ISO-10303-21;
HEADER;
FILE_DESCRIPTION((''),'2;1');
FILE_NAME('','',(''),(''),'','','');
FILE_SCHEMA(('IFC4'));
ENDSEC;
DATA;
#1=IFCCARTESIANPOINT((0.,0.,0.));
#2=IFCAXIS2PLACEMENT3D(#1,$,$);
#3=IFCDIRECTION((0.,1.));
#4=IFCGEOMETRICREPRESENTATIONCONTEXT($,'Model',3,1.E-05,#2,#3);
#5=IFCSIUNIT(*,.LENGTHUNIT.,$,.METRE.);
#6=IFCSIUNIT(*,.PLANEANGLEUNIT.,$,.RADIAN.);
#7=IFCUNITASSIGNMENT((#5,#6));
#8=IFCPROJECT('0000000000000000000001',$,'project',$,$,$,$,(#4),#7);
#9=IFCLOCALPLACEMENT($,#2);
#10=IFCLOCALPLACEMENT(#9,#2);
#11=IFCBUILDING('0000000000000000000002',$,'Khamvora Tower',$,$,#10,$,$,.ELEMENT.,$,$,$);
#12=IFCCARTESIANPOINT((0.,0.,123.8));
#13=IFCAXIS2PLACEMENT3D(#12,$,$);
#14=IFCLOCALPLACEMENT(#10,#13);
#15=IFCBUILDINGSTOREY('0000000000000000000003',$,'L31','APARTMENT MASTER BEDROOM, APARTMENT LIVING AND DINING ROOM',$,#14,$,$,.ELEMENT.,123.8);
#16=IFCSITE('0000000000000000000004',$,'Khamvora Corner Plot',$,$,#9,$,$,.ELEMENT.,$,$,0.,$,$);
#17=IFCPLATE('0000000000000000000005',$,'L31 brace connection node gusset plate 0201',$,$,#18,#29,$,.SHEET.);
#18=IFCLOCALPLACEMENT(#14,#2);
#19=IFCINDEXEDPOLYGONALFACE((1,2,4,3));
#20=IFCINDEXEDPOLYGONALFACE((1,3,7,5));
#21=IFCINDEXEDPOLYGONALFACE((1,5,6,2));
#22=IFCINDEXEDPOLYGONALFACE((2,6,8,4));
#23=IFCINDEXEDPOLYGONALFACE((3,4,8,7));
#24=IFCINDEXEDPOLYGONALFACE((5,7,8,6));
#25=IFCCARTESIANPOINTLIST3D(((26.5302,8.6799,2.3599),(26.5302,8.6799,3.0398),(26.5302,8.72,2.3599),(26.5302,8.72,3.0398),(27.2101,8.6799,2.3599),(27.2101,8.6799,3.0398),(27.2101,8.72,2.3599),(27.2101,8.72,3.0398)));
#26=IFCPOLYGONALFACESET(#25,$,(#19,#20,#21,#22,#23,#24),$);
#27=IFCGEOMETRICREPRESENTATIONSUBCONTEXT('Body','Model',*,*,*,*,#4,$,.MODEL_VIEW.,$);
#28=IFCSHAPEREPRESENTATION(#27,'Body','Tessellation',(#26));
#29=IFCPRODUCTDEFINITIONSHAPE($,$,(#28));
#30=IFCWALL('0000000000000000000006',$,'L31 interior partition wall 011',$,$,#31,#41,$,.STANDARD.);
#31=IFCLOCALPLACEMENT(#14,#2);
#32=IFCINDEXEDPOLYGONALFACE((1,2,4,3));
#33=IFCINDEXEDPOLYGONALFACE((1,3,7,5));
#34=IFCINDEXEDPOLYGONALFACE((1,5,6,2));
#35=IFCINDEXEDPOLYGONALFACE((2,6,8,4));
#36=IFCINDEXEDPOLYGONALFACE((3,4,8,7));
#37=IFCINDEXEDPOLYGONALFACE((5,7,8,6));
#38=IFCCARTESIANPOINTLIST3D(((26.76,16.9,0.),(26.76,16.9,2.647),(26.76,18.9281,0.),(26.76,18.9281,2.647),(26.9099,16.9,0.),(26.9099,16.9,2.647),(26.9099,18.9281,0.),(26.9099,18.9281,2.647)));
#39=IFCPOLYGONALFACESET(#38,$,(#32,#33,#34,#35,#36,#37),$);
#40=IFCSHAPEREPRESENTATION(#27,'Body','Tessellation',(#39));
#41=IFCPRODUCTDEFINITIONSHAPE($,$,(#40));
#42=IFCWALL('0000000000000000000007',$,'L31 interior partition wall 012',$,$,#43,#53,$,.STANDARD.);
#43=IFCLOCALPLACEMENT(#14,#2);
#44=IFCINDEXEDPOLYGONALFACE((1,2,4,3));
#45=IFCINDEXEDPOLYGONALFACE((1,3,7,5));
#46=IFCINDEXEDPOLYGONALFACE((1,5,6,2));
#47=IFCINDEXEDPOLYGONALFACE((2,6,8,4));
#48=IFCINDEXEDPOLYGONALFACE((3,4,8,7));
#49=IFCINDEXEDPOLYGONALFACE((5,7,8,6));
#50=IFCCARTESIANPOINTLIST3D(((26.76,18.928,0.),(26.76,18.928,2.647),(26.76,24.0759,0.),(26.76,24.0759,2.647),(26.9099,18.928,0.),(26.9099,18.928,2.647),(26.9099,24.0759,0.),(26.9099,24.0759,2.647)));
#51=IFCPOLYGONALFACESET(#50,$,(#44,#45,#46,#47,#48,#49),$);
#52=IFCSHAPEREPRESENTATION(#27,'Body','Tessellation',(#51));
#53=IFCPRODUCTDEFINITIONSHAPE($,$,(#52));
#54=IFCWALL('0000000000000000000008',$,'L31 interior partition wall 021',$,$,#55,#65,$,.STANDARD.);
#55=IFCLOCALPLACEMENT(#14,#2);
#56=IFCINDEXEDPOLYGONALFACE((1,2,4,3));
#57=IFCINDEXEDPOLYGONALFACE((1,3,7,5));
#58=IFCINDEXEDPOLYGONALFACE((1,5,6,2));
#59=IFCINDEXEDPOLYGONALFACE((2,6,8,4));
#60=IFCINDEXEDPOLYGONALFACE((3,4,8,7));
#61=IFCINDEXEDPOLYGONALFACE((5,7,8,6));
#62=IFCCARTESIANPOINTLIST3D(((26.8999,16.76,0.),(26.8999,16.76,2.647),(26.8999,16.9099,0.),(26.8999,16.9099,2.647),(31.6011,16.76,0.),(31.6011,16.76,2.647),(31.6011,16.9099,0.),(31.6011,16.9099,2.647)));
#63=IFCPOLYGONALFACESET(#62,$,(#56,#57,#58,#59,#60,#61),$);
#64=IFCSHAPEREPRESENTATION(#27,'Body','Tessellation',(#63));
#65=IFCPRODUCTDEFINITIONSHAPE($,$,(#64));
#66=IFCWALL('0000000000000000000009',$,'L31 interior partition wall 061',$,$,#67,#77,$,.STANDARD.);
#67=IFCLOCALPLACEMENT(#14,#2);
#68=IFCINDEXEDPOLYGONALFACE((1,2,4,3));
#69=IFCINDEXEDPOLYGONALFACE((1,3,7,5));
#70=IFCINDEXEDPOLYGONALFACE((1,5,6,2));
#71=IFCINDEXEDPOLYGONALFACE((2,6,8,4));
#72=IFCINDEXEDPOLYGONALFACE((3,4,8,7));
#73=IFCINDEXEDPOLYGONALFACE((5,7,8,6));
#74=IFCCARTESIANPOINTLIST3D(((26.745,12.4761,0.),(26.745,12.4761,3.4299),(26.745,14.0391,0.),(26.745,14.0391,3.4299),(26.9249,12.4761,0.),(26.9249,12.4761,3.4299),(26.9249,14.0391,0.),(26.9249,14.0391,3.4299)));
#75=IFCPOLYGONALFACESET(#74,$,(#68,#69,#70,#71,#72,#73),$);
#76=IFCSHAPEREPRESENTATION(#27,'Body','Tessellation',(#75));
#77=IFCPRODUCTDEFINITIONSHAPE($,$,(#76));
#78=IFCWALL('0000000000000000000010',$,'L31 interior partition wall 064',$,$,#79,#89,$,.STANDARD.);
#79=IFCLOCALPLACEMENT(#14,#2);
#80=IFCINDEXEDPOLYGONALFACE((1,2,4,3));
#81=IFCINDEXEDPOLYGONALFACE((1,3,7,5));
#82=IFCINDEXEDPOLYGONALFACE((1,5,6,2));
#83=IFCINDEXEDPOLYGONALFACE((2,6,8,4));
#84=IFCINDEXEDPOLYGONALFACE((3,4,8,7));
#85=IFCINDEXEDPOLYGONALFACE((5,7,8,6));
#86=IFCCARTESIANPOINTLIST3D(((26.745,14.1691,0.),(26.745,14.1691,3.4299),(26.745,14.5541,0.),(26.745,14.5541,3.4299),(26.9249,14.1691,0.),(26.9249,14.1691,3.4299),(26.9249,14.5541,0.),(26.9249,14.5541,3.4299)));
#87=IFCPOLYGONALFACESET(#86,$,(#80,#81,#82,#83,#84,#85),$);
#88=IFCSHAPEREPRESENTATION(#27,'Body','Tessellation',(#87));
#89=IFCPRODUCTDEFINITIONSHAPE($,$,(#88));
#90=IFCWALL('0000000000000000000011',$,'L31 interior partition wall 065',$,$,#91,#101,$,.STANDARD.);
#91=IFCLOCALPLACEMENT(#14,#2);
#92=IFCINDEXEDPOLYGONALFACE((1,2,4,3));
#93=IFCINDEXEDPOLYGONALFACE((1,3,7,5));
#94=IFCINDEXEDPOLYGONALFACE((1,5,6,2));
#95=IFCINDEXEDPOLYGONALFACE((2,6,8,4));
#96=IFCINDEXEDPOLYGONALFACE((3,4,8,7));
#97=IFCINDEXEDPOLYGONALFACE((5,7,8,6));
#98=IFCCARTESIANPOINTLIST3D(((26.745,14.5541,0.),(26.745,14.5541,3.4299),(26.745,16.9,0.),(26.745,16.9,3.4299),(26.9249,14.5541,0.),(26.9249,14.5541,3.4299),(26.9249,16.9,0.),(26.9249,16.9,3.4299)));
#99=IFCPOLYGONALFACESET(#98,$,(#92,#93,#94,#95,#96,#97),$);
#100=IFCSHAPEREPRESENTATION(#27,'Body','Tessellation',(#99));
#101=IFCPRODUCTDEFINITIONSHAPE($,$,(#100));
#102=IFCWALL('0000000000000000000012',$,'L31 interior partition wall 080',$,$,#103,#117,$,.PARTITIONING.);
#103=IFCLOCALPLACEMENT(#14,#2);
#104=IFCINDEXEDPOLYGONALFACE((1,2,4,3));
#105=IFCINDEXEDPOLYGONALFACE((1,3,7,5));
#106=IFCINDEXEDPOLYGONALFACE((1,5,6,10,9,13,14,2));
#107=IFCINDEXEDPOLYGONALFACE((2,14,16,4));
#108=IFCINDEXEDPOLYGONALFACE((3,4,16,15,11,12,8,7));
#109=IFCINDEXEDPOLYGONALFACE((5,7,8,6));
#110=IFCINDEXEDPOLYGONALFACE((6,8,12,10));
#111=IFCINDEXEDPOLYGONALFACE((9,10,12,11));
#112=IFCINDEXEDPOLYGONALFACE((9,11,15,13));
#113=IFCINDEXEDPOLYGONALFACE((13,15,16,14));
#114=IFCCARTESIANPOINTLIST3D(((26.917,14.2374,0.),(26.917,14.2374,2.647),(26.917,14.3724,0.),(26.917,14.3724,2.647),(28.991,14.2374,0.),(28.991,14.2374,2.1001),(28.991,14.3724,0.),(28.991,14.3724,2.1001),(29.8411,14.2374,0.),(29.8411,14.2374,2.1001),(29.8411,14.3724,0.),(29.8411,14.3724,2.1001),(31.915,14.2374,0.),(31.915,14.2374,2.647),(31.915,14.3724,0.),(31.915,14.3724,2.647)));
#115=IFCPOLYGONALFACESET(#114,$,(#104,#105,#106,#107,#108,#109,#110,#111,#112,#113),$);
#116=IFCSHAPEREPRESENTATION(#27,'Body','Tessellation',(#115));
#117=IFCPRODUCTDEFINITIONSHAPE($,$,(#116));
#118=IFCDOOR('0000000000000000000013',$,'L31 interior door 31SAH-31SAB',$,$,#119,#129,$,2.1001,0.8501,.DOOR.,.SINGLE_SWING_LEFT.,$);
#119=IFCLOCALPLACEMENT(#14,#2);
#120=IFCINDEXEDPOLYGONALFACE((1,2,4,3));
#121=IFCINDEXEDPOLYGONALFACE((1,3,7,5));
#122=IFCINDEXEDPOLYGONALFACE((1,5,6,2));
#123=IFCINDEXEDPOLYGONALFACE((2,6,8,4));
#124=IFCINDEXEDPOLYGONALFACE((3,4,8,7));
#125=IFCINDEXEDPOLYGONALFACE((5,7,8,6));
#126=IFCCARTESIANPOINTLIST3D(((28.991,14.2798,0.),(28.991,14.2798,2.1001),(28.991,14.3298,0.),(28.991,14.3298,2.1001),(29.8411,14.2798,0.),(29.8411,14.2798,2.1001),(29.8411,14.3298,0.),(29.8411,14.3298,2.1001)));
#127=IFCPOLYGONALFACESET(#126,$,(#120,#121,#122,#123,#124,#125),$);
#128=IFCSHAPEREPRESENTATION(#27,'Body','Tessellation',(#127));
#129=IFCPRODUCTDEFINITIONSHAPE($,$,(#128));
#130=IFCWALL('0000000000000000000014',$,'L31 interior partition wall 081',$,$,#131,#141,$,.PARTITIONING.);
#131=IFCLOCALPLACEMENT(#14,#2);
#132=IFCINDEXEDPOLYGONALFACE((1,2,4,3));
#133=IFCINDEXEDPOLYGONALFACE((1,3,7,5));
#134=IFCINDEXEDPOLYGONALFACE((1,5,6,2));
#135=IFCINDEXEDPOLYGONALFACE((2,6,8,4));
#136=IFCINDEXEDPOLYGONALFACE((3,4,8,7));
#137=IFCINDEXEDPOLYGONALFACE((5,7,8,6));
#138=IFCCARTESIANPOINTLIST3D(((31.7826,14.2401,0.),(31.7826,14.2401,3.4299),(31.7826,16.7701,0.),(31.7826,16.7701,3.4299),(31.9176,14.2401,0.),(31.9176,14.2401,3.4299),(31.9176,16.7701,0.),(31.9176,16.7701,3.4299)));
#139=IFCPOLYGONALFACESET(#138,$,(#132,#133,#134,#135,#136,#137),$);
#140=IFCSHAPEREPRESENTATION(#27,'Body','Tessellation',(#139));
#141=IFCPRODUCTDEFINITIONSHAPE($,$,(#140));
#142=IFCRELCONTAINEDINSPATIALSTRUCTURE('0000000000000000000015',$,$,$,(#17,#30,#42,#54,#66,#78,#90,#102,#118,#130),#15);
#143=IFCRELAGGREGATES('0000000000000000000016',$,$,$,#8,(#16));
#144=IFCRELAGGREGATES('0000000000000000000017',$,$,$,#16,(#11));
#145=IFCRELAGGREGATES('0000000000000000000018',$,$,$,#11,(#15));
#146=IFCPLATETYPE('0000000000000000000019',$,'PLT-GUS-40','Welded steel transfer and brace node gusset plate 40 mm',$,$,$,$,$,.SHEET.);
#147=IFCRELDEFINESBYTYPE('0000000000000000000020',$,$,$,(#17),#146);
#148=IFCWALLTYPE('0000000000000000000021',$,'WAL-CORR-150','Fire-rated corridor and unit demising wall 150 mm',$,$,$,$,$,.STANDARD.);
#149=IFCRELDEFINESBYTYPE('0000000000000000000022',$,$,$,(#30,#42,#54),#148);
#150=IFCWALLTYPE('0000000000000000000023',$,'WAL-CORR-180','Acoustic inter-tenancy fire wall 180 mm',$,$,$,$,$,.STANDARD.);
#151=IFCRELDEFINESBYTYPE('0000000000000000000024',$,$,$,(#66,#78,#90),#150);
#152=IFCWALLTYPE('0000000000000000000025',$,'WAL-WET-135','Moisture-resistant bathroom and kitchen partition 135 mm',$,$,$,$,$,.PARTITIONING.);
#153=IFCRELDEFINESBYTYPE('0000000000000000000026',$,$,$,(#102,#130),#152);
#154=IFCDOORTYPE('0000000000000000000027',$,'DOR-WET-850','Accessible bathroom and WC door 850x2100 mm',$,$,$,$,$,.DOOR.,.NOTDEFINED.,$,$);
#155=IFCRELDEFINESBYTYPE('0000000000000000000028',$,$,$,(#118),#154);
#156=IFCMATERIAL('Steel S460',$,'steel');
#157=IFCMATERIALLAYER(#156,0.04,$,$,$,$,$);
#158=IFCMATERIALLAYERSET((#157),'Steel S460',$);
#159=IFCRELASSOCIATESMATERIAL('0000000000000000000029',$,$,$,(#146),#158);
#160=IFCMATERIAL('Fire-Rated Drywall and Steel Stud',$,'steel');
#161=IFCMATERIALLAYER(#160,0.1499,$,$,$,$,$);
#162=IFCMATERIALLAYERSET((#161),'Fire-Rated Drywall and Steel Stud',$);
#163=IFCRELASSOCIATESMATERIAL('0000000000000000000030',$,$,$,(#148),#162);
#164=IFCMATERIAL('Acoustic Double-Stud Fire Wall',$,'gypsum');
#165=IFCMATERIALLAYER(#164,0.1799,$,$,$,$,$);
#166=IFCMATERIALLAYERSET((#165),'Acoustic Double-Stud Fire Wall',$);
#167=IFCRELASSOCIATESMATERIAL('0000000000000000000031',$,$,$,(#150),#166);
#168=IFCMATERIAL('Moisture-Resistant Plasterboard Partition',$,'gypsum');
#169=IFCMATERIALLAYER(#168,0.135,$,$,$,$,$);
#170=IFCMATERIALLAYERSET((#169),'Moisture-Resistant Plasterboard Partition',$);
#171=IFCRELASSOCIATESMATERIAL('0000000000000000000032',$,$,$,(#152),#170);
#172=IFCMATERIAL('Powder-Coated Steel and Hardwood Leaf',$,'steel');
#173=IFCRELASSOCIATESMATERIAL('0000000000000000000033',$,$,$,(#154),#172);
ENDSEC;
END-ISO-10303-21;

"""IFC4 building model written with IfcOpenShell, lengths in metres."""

from ifc_helpers import new_model, si_unit, direction, frame, frame_2d, origin, origin_2d, place, context, subcontext, project, spatial, rectangle, extrude, material, layer, layer_set, type_object, element, fill, save


model = new_model("IFC4")

# Units and contexts
model_context = context("Model", 3, precision=1e-05, world=origin(), true_north=direction((0.0, 1.0)))
body_context = subcontext(model_context, "Body", "Model", "MODEL_VIEW")
ifc_project = project(units=[si_unit("LENGTHUNIT", "METRE"), si_unit("PLANEANGLEUNIT", "RADIAN")], contexts=[model_context])

# Site, building, storey
site_placement = place(None, origin())
site = spatial("IfcSite", under=ifc_project, at=site_placement, Name="Khamvora Corner Plot", CompositionType="ELEMENT", RefElevation=0.0)
building_placement = place(site_placement, origin())
building = spatial("IfcBuilding", under=site, at=building_placement, Name="Khamvora Tower", CompositionType="ELEMENT")
storey_placement = place(building_placement, frame((0.0, 0.0, 123.8)))
storey = spatial("IfcBuildingStorey", under=building, at=storey_placement, Name="L31", Description="APARTMENT MASTER BEDROOM, APARTMENT LIVING AND DINING ROOM", CompositionType="ELEMENT", Elevation=123.8)

# Shared definitions
ifc_material_1 = material(Name="Steel S460", Category="steel")

# Plate
ifc_layer_1 = layer(ifc_material_1, 0.04)
ifc_layer_set_1 = layer_set([ifc_layer_1], Name="Steel S460")
plate_type_1 = type_object("IfcPlateType", Name="PLT-GUS-40", Description="Welded steel transfer and brace node gusset plate 40 mm", PredefinedType="SHEET", material=ifc_layer_set_1)
plate_1_placement = place(storey_placement, frame((26.8701, 8.7, 2.3599), z_axis=(0.0, 0.0, 1.0), x_axis=(1.0, 0.0, 0.0)))
element("IfcPlate", 1, at=plate_1_placement, inside=storey, type_object=plate_type_1, Name="L31 brace connection node gusset plate 0201", PredefinedType="SHEET", context=body_context, shape_type="SweptSolid", body=[
    extrude(rectangle(XDim=0.6799, YDim=0.04, at=origin_2d()), origin(), (0.0, 0.0, 1.0), 0.6799),
])

# Walls
ifc_material_2 = material(Name="Fire-Rated Drywall and Steel Stud", Category="steel")
ifc_layer_2 = layer(ifc_material_2, 0.1499)
ifc_layer_set_2 = layer_set([ifc_layer_2], Name="Fire-Rated Drywall and Steel Stud")
wall_type_1 = type_object("IfcWallType", Name="WAL-CORR-150", Description="Fire-rated corridor and unit demising wall 150 mm", PredefinedType="STANDARD", material=ifc_layer_set_2)
wall_1_placement = place(storey_placement, frame((26.835, 16.8999, 0.0), z_axis=(0.0, 0.0, 1.0), x_axis=(0.0, 1.0, 0.0)))
element("IfcWall", 2, at=wall_1_placement, inside=storey, type_object=wall_type_1, Name="L31 interior partition wall 011", PredefinedType="STANDARD", context=body_context, shape_type="SweptSolid", body=[
    extrude(rectangle(XDim=2.0281, YDim=0.1499, at=frame_2d((1.0142, 0.0))), origin(), (0.0, 0.0, 1.0), 2.647),
])
wall_2_placement = place(storey_placement, frame((26.835, 18.928, 0.0), z_axis=(0.0, 0.0, 1.0), x_axis=(0.0, 1.0, 0.0)))
element("IfcWall", 3, at=wall_2_placement, inside=storey, type_object=wall_type_1, Name="L31 interior partition wall 012", PredefinedType="STANDARD", context=body_context, shape_type="SweptSolid", body=[
    extrude(rectangle(XDim=5.1479, YDim=0.1499, at=frame_2d((2.574, 0.0))), origin(), (0.0, 0.0, 1.0), 2.647),
])
wall_3_placement = place(storey_placement, frame((31.6011, 16.835, 0.0), z_axis=(0.0, 0.0, 1.0), x_axis=(-1.0, 0.0, 0.0)))
element("IfcWall", 4, at=wall_3_placement, inside=storey, type_object=wall_type_1, Name="L31 interior partition wall 021", PredefinedType="STANDARD", context=body_context, shape_type="SweptSolid", body=[
    extrude(rectangle(XDim=4.7012, YDim=0.1499, at=frame_2d((2.3506, 0.0))), origin(), (0.0, 0.0, 1.0), 2.647),
])
ifc_material_3 = material(Name="Acoustic Double-Stud Fire Wall", Category="gypsum")
ifc_layer_3 = layer(ifc_material_3, 0.1799)
ifc_layer_set_3 = layer_set([ifc_layer_3], Name="Acoustic Double-Stud Fire Wall")
wall_type_2 = type_object("IfcWallType", Name="WAL-CORR-180", Description="Acoustic inter-tenancy fire wall 180 mm", PredefinedType="STANDARD", material=ifc_layer_set_3)
wall_4_placement = place(storey_placement, frame((26.835, 14.0391, 0.0), z_axis=(0.0, 0.0, 1.0), x_axis=(0.0, -1.0, 0.0)))
element("IfcWall", 5, at=wall_4_placement, inside=storey, type_object=wall_type_2, Name="L31 interior partition wall 061", PredefinedType="STANDARD", context=body_context, shape_type="SweptSolid", body=[
    extrude(rectangle(XDim=1.563, YDim=0.1799, at=frame_2d((0.7815, 0.0))), origin(), (0.0, 0.0, 1.0), 3.4299),
])
wall_5_placement = place(storey_placement, frame((26.835, 14.554, 0.0), z_axis=(0.0, 0.0, 1.0), x_axis=(0.0, -1.0, 0.0)))
element("IfcWall", 6, at=wall_5_placement, inside=storey, type_object=wall_type_2, Name="L31 interior partition wall 064", PredefinedType="STANDARD", context=body_context, shape_type="SweptSolid", body=[
    extrude(rectangle(XDim=0.385, YDim=0.1799, at=frame_2d((0.1924, 0.0))), origin(), (0.0, 0.0, 1.0), 3.4299),
])
wall_6_placement = place(storey_placement, frame((26.835, 16.8999, 0.0), z_axis=(0.0, 0.0, 1.0), x_axis=(0.0, -1.0, 0.0)))
element("IfcWall", 7, at=wall_6_placement, inside=storey, type_object=wall_type_2, Name="L31 interior partition wall 065", PredefinedType="STANDARD", context=body_context, shape_type="SweptSolid", body=[
    extrude(rectangle(XDim=2.3459, YDim=0.1799, at=frame_2d((1.1729, 0.0))), origin(), (0.0, 0.0, 1.0), 3.4299),
])

# Wall, opening, door
ifc_material_4 = material(Name="Moisture-Resistant Plasterboard Partition", Category="gypsum")
ifc_layer_4 = layer(ifc_material_4, 0.135)
ifc_layer_set_4 = layer_set([ifc_layer_4], Name="Moisture-Resistant Plasterboard Partition")
wall_type_3 = type_object("IfcWallType", Name="WAL-WET-135", Description="Moisture-resistant bathroom and kitchen partition 135 mm", PredefinedType="PARTITIONING", material=ifc_layer_set_4)
wall_7_placement = place(storey_placement, frame((26.917, 14.3049, 0.0), z_axis=(0.0, 0.0, 1.0), x_axis=(1.0, 0.0, 0.0)))
wall_7 = element("IfcWall", 8, at=wall_7_placement, inside=storey, type_object=wall_type_3, Name="L31 interior partition wall 080", PredefinedType="PARTITIONING", context=body_context, shape_type="SweptSolid", body=[
    extrude(rectangle(XDim=4.998, YDim=0.135, at=frame_2d((2.499, 0.0))), origin(), (0.0, 0.0, 1.0), 2.647),
])
opening_placement = place(wall_7_placement, frame((2.074, 0.0, 0.0)))
opening = element("IfcOpeningElement", 9, at=opening_placement, cuts=wall_7, PredefinedType="OPENING", context=body_context, shape_type="SweptSolid", body=[
    extrude(rectangle(XDim=0.8501, YDim=2.1001, at=frame_2d((0.425, 1.05))), frame((0.0, 0.0774, 0.0), z_axis=(0.0, -1.0, 0.0), x_axis=(1.0, 0.0, 0.0)), (0.0, 0.0, 1.0), 0.155),
])
ifc_material_5 = material(Name="Powder-Coated Steel and Hardwood Leaf", Category="steel")
door_type = type_object("IfcDoorType", Name="DOR-WET-850", Description="Accessible bathroom and WC door 850x2100 mm", OperationType="NOTDEFINED", PredefinedType="DOOR", material=ifc_material_5)
door_placement = place(opening_placement, origin())
door = element("IfcDoor", 10, at=door_placement, inside=storey, type_object=door_type, Name="L31 interior door 31SAH-31SAB", OperationType="SINGLE_SWING_LEFT", OverallHeight=2.1001, OverallWidth=0.8501, PredefinedType="DOOR", context=body_context, shape_type="SweptSolid", body=[
    extrude(rectangle(XDim=0.8501, YDim=2.1001, at=frame_2d((0.425, 1.05))), frame((0.0, 0.0249, 0.0), z_axis=(0.0, -1.0, 0.0), x_axis=(1.0, 0.0, 0.0)), (0.0, 0.0, 1.0), 0.05),
])
fill(opening, door)

# Wall
wall_8_placement = place(storey_placement, frame((31.8501, 14.24, 0.0), z_axis=(0.0, 0.0, 1.0), x_axis=(0.0, 1.0, 0.0)))
element("IfcWall", 11, at=wall_8_placement, inside=storey, type_object=wall_type_3, Name="L31 interior partition wall 081", PredefinedType="PARTITIONING", context=body_context, shape_type="SweptSolid", body=[
    extrude(rectangle(XDim=2.53, YDim=0.135, at=frame_2d((1.2651, 0.0))), origin(), (0.0, 0.0, 1.0), 3.4299),
])

save(model, "model.ifc")
